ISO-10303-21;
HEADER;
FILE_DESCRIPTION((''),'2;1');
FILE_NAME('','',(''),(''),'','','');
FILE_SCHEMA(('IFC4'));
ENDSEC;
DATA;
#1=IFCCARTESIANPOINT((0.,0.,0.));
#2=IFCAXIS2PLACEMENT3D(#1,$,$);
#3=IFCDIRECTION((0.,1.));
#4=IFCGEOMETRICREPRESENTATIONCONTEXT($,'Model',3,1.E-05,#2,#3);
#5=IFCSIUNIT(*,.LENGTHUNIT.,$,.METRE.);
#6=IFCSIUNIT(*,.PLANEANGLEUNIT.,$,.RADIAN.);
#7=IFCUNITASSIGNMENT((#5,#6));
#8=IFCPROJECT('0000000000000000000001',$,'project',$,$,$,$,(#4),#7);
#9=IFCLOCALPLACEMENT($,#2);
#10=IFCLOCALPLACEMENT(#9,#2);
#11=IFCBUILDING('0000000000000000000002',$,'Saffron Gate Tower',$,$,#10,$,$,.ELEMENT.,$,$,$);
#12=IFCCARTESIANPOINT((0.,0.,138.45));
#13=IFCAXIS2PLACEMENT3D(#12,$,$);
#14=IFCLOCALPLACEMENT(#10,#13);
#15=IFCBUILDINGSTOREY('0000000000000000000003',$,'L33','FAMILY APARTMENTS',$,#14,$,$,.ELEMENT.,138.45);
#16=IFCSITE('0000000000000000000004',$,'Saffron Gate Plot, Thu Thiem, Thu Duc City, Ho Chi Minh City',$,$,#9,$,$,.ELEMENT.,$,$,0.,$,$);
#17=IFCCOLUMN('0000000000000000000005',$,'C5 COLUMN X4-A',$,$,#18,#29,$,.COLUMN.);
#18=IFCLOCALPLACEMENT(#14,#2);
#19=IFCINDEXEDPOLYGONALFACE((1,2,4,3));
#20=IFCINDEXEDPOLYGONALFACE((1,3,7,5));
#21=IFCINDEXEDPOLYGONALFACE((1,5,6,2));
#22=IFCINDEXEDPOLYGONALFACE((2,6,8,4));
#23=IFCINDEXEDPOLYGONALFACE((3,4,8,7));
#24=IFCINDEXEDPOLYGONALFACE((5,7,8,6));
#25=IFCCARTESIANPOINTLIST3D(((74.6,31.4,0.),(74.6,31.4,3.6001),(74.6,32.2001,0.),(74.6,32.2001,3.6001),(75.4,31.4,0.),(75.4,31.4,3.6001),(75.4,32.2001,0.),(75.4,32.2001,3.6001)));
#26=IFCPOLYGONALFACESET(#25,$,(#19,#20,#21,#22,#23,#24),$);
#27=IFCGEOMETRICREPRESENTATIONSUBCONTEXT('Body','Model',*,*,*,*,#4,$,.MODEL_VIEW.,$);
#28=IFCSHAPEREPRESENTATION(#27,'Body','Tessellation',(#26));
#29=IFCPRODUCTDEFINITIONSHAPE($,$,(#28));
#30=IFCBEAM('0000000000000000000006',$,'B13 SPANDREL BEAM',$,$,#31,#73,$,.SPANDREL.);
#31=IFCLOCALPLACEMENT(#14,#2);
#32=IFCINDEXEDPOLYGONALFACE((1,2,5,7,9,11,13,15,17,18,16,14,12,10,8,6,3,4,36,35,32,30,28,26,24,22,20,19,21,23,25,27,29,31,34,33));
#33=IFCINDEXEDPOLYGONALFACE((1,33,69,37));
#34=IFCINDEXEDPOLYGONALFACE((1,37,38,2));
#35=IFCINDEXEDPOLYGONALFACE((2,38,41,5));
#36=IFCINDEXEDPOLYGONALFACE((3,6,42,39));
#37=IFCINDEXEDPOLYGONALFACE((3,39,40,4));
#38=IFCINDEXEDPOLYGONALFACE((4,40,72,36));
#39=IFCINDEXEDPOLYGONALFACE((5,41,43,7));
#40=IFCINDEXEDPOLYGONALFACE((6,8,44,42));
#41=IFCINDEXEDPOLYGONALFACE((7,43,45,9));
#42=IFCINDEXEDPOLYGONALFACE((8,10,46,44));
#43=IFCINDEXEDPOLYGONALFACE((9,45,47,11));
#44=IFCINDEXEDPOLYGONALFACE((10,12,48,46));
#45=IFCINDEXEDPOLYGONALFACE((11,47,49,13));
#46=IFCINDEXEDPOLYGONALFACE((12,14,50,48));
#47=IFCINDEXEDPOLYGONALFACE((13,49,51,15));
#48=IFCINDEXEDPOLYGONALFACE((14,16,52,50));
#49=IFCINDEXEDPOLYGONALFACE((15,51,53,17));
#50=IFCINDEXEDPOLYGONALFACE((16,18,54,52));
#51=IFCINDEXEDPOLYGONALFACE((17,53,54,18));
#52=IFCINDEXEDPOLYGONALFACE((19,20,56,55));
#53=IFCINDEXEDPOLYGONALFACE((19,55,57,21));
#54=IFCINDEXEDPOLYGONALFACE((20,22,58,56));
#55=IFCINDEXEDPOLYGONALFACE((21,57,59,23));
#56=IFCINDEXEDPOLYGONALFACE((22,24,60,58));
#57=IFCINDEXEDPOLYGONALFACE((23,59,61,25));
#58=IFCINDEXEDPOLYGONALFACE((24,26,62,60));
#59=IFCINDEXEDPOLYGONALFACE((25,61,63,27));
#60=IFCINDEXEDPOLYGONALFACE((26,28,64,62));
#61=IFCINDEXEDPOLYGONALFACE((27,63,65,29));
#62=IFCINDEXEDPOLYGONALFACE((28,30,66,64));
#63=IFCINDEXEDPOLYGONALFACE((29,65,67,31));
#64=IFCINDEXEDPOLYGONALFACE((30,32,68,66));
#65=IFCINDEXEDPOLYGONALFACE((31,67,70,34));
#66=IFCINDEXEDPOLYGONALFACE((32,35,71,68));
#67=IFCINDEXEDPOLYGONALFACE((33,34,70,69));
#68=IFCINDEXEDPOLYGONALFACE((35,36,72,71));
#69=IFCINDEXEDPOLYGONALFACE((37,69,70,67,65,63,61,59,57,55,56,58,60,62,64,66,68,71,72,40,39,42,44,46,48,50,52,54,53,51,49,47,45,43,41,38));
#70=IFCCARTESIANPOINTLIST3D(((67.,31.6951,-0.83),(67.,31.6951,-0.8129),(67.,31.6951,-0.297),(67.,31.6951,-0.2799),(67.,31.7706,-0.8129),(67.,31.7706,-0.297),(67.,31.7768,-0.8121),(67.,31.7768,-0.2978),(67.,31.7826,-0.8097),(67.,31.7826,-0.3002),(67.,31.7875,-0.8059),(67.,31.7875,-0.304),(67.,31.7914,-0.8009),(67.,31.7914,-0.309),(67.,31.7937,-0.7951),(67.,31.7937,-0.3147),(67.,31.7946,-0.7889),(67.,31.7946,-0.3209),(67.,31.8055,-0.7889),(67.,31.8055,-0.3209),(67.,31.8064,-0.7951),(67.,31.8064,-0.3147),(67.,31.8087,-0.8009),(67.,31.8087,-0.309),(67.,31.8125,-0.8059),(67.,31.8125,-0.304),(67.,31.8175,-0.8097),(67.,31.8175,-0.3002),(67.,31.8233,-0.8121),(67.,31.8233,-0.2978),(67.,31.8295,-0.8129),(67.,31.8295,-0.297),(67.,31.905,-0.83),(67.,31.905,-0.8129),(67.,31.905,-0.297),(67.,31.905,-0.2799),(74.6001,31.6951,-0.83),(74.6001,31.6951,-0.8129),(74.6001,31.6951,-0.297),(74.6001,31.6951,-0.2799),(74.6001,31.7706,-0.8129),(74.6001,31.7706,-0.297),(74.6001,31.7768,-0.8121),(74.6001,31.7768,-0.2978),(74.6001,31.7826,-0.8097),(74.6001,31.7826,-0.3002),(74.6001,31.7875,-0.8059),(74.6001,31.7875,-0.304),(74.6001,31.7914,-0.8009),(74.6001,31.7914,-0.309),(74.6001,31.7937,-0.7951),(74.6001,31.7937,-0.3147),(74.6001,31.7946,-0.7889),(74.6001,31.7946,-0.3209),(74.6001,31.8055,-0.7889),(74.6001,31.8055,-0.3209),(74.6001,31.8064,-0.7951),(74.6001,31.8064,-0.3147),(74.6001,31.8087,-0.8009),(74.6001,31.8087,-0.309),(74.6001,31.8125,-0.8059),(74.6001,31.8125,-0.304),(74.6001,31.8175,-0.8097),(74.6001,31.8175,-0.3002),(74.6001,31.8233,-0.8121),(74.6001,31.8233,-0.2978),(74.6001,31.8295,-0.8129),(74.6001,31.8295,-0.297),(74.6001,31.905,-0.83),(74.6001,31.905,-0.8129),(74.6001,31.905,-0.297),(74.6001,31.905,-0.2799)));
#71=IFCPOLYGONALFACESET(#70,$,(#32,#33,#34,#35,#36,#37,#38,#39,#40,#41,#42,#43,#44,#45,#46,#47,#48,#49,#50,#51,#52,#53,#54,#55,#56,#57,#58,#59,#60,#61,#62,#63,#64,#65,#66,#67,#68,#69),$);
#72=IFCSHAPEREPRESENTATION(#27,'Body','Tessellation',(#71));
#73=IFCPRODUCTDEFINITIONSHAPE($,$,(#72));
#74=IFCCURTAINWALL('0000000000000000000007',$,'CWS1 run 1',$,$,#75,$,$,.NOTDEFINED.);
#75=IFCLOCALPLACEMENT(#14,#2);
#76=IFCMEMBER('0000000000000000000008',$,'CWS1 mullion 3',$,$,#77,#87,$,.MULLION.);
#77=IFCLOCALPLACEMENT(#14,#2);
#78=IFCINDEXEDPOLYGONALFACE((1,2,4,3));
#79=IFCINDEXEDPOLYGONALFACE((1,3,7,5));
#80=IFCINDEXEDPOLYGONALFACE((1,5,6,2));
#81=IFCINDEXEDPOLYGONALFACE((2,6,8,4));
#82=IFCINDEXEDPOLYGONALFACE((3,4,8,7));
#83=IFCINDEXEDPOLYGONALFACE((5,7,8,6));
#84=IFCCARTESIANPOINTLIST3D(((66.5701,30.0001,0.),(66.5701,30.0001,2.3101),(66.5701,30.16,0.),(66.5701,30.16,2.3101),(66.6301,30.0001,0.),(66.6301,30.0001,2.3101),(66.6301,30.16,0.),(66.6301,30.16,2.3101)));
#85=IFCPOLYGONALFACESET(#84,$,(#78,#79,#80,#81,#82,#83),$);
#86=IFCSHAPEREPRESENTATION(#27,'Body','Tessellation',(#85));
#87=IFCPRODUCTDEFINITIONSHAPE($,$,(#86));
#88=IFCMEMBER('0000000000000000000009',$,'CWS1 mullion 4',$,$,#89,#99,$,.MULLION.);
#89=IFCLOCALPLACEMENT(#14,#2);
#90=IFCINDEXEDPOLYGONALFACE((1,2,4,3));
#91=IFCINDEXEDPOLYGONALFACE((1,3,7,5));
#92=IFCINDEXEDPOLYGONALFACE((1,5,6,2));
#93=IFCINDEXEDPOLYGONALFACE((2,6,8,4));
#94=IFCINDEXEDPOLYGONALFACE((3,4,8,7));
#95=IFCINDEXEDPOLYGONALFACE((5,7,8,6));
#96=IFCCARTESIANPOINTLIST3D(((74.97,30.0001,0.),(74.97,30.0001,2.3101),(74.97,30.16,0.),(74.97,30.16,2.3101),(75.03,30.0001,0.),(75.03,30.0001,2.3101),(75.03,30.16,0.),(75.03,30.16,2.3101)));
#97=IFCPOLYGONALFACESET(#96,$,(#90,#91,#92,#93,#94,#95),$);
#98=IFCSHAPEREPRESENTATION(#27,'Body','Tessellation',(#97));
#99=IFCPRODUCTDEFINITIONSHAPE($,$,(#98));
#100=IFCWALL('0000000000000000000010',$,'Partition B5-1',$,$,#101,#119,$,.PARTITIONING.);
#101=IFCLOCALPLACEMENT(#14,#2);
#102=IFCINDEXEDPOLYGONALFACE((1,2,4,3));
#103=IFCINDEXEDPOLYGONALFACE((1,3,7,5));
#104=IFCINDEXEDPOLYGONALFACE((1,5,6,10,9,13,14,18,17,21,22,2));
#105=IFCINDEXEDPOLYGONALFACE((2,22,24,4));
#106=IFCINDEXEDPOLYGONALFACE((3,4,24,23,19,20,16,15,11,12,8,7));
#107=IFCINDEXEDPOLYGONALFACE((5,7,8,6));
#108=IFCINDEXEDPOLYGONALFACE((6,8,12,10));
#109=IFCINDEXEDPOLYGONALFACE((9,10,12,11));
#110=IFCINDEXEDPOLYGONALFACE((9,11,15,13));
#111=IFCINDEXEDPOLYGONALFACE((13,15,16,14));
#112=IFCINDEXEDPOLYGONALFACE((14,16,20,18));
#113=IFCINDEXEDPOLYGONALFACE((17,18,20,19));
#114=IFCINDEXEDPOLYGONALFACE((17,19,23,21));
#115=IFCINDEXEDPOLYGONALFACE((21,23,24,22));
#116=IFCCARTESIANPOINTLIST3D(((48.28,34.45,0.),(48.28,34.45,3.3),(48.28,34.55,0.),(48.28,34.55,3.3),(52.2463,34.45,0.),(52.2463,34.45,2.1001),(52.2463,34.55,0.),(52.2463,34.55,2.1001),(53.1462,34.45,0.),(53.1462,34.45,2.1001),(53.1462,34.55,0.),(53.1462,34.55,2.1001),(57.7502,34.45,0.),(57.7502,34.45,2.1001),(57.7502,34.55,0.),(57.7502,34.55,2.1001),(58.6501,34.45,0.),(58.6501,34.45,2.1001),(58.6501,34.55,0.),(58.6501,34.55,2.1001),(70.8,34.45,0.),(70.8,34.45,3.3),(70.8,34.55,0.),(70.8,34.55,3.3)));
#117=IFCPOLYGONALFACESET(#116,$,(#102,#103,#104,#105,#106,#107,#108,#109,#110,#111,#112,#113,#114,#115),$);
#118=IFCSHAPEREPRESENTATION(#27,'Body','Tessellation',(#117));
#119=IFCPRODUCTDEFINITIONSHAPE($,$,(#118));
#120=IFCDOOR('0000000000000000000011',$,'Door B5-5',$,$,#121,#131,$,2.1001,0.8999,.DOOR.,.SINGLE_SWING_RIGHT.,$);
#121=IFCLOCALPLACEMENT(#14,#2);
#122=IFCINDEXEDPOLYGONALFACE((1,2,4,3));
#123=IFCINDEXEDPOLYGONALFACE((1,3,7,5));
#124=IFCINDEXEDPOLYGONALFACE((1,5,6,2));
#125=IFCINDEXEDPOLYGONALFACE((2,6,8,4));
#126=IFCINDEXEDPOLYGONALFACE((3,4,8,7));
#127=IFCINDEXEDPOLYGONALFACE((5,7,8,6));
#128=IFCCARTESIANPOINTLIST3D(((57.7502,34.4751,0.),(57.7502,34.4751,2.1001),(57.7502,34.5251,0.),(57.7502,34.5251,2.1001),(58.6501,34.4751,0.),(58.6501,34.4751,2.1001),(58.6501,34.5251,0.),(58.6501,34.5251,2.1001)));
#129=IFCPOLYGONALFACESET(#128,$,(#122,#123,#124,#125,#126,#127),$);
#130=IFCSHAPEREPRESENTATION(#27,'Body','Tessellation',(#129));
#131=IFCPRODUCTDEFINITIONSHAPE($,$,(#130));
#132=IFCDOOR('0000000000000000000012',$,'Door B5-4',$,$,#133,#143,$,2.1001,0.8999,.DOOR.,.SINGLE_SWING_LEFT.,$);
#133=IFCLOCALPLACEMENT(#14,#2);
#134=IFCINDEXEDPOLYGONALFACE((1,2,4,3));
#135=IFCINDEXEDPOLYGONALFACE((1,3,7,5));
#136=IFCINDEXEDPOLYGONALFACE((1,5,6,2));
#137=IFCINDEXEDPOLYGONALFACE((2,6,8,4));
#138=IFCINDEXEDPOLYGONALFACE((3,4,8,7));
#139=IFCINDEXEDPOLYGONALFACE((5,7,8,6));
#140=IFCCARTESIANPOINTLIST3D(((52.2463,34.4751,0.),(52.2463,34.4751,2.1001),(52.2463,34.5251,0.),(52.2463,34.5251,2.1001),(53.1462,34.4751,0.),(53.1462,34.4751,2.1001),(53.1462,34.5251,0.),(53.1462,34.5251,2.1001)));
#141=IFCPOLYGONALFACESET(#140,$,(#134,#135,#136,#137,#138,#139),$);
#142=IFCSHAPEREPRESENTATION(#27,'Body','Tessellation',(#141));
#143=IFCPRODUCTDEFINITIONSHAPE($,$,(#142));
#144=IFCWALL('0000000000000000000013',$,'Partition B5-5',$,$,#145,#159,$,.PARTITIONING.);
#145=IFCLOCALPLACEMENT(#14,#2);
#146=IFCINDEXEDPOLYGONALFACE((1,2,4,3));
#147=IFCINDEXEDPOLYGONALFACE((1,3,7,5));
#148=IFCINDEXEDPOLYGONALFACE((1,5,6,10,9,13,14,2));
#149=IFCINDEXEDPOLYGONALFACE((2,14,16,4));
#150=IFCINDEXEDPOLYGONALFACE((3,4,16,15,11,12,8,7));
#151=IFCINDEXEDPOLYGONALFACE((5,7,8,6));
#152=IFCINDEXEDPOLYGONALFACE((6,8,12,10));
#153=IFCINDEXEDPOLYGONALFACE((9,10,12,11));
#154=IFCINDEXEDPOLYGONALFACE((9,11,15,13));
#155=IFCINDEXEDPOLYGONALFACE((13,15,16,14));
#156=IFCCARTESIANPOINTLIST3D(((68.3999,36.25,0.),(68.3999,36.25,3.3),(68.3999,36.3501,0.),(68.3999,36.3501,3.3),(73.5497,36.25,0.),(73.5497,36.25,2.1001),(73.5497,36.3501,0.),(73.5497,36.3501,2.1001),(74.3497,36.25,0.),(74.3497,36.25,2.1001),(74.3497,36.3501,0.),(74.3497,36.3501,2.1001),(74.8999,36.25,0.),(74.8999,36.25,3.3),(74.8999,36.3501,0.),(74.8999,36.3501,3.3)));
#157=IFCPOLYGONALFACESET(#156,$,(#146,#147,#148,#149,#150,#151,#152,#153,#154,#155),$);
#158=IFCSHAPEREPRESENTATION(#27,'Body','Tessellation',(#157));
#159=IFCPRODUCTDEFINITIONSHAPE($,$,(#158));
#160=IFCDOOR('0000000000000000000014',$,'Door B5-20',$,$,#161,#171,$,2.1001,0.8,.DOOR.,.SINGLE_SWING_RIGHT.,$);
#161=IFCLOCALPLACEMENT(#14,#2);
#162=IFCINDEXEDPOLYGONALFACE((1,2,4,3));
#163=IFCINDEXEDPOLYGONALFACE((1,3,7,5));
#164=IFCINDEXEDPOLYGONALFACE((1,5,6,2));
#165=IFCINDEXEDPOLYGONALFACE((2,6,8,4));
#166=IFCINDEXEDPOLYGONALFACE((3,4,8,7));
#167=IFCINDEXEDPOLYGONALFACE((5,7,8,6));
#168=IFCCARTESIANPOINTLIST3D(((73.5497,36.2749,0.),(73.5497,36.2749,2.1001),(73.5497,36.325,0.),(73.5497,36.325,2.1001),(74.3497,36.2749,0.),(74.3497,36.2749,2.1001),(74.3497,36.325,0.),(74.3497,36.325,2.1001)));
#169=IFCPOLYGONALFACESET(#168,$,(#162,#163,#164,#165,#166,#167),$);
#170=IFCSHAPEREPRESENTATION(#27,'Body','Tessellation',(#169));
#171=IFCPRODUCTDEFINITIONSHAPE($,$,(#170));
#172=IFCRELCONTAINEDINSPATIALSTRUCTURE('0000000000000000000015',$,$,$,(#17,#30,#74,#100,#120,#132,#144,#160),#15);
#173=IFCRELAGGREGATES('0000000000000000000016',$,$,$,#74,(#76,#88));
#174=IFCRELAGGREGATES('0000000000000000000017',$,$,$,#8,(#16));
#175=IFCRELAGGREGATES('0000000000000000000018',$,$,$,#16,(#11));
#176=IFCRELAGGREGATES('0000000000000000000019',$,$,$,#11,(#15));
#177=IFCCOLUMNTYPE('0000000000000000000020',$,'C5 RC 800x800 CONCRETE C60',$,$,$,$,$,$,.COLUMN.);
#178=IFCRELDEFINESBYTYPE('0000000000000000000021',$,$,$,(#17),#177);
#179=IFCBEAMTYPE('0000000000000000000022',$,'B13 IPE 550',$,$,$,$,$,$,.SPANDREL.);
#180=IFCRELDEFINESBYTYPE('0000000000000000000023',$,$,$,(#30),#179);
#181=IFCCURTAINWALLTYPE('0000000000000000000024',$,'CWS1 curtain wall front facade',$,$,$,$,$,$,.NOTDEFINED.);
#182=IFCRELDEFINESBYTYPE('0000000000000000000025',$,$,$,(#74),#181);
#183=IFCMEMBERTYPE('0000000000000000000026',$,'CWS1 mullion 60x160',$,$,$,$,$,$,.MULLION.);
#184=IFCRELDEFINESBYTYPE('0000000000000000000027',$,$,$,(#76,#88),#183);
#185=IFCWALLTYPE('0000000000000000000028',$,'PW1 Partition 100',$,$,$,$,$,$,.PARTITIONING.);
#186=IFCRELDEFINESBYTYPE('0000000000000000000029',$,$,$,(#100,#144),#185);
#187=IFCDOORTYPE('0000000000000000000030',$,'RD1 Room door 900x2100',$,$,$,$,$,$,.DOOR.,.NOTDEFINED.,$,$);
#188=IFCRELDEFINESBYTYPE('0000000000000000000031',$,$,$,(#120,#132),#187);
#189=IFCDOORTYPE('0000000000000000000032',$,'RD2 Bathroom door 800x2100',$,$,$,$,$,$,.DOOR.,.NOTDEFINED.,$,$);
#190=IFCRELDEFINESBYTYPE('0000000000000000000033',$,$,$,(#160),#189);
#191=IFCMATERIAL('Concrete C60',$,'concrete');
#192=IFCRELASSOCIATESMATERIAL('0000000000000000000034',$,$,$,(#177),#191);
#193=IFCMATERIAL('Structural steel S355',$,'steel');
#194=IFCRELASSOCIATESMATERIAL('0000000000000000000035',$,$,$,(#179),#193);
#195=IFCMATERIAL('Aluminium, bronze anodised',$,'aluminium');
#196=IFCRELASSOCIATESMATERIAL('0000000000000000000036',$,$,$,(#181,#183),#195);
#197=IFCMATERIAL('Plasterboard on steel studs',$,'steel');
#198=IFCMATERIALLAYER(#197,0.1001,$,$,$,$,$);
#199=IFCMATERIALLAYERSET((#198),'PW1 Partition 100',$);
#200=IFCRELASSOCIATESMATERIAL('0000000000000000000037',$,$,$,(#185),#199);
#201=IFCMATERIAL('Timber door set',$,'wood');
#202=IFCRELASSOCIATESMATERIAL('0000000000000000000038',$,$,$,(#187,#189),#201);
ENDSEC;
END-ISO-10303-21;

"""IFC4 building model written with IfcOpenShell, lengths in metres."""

from ifc_helpers import new_model, si_unit, direction, frame, frame_2d, origin, origin_2d, place, context, subcontext, project, spatial, rectangle, i_section, extrude, material, layer, layer_set, material_profile, profile_set, type_object, element, fill, aggregate, save


model = new_model("IFC4")

# Units and contexts
model_context = context("Model", 3, precision=1e-05, world=origin(), true_north=direction((0.0, 1.0)))
body_context = subcontext(model_context, "Body", "Model", "MODEL_VIEW")
ifc_project = project(units=[si_unit("LENGTHUNIT", "METRE"), si_unit("PLANEANGLEUNIT", "RADIAN")], contexts=[model_context])

# Site, building, storey
site_placement = place(None, origin())
site = spatial("IfcSite", under=ifc_project, at=site_placement, Name="Saffron Gate Plot, Thu Thiem, Thu Duc City, Ho Chi Minh City", CompositionType="ELEMENT", RefElevation=0.0)
building_placement = place(site_placement, origin())
building = spatial("IfcBuilding", under=site, at=building_placement, Name="Saffron Gate Tower", CompositionType="ELEMENT")
storey_placement = place(building_placement, frame((0.0, 0.0, 138.45)))
storey = spatial("IfcBuildingStorey", under=building, at=storey_placement, Name="L33", Description="FAMILY APARTMENTS", CompositionType="ELEMENT", Elevation=138.45)

# Column
ifc_material_1 = material(Name="Concrete C60", Category="concrete")
ifc_material_profile_1 = material_profile(ifc_material_1, rectangle(XDim=0.8, YDim=0.8, at=origin_2d()))
ifc_profile_set_1 = profile_set([ifc_material_profile_1], Name="Concrete C60")
column_type = type_object("IfcColumnType", Name="C5 RC 800x800 CONCRETE C60", PredefinedType="COLUMN", material=ifc_profile_set_1)
column_placement = place(storey_placement, frame((75.0, 31.8, 0.0), z_axis=(0.0, 0.0, 1.0), x_axis=(1.0, 0.0, 0.0)))
element("IfcColumn", 1, at=column_placement, inside=storey, type_object=column_type, Name="C5 COLUMN X4-A", PredefinedType="COLUMN", context=body_context, shape_type="SweptSolid", body=[
    extrude(rectangle(XDim=0.8, YDim=0.8, at=origin_2d()), origin(), (0.0, 0.0, 1.0), 3.6001),
])

# Beam
ifc_material_2 = material(Name="Structural steel S355", Category="steel")
ifc_material_profile_2 = material_profile(ifc_material_2, i_section(OverallWidth=0.21, OverallDepth=0.55, WebThickness=0.011, FlangeThickness=0.0171, FilletRadius=0.0239, at=origin_2d()))
ifc_profile_set_2 = profile_set([ifc_material_profile_2], Name="Structural steel S355")
beam_type = type_object("IfcBeamType", Name="B13 IPE 550", PredefinedType="SPANDREL", material=ifc_profile_set_2)
beam_placement = place(storey_placement, frame((67.0, 31.8, -0.5549), z_axis=(1.0, 0.0, 0.0), x_axis=(0.0, 1.0, 0.0)))
element("IfcBeam", 2, at=beam_placement, inside=storey, type_object=beam_type, Name="B13 SPANDREL BEAM", PredefinedType="SPANDREL", context=body_context, shape_type="SweptSolid", body=[
    extrude(i_section(OverallWidth=0.21, OverallDepth=0.55, WebThickness=0.011, FlangeThickness=0.0171, FilletRadius=0.0239, at=origin_2d()), origin(), (0.0, 0.0, 1.0), 7.6001),
])

# Curtain wall, members
ifc_material_3 = material(Name="Aluminium, bronze anodised", Category="aluminium")
curtain_wall_type = type_object("IfcCurtainWallType", Name="CWS1 curtain wall front facade", PredefinedType="NOTDEFINED", material=ifc_material_3)
curtain_wall_placement = place(storey_placement, origin())
curtain_wall = element("IfcCurtainWall", 3, at=curtain_wall_placement, inside=storey, type_object=curtain_wall_type, Name="CWS1 run 1", PredefinedType="NOTDEFINED")
ifc_material_profile_3 = material_profile(ifc_material_3, rectangle(XDim=0.1599, YDim=0.0601, at=origin_2d()))
ifc_profile_set_3 = profile_set([ifc_material_profile_3], Name="Aluminium, bronze anodised")
member_type = type_object("IfcMemberType", Name="CWS1 mullion 60x160", PredefinedType="MULLION", material=ifc_profile_set_3)
member_1_placement = place(storey_placement, frame((66.6001, 30.0801, 0.0), z_axis=(0.0, 0.0, 1.0), x_axis=(0.0, 1.0, 0.0)))
member_1 = element("IfcMember", 4, at=member_1_placement, type_object=member_type, Name="CWS1 mullion 3", PredefinedType="MULLION", context=body_context, shape_type="SweptSolid", body=[
    extrude(rectangle(XDim=0.1599, YDim=0.0601, at=origin_2d()), origin(), (0.0, 0.0, 1.0), 2.3101),
])
member_2_placement = place(storey_placement, frame((75.0, 30.0801, 0.0), z_axis=(0.0, 0.0, 1.0), x_axis=(0.0, 1.0, 0.0)))
member_2 = element("IfcMember", 5, at=member_2_placement, type_object=member_type, Name="CWS1 mullion 4", PredefinedType="MULLION", context=body_context, shape_type="SweptSolid", body=[
    extrude(rectangle(XDim=0.1599, YDim=0.0601, at=origin_2d()), origin(), (0.0, 0.0, 1.0), 2.3101),
])
aggregate(curtain_wall, [member_1, member_2])

# Wall, openings, doors
ifc_material_4 = material(Name="Plasterboard on steel studs", Category="steel")
ifc_layer_1 = layer(ifc_material_4, 0.1001)
ifc_layer_set_1 = layer_set([ifc_layer_1], Name="PW1 Partition 100")
wall_type_1 = type_object("IfcWallType", Name="PW1 Partition 100", PredefinedType="PARTITIONING", material=ifc_layer_set_1)
wall_1_placement = place(storey_placement, frame((70.8, 34.5, 0.0), z_axis=(0.0, 0.0, 1.0), x_axis=(-1.0, 0.0, 0.0)))
wall_1 = element("IfcWall", 6, at=wall_1_placement, inside=storey, type_object=wall_type_1, Name="Partition B5-1", PredefinedType="PARTITIONING", context=body_context, shape_type="SweptSolid", body=[
    extrude(rectangle(XDim=22.52, YDim=0.1001, at=frame_2d((11.26, 0.0))), origin(), (0.0, 0.0, 1.0), 3.3),
])
opening_1_placement = place(wall_1_placement, frame((12.1499, 0.0, 0.0)))
opening_1 = element("IfcOpeningElement", 7, at=opening_1_placement, cuts=wall_1, PredefinedType="OPENING", context=body_context, shape_type="SweptSolid", body=[
    extrude(rectangle(XDim=0.8999, YDim=2.1001, at=frame_2d((0.45, 1.05))), frame((0.0, 0.0601, 0.0), z_axis=(0.0, -1.0, 0.0), x_axis=(1.0, 0.0, 0.0)), (0.0, 0.0, 1.0), 0.1201),
])
opening_2_placement = place(wall_1_placement, frame((17.6538, 0.0, 0.0)))
opening_2 = element("IfcOpeningElement", 8, at=opening_2_placement, cuts=wall_1, PredefinedType="OPENING", context=body_context, shape_type="SweptSolid", body=[
    extrude(rectangle(XDim=0.8999, YDim=2.1001, at=frame_2d((0.45, 1.05))), frame((0.0, 0.0601, 0.0), z_axis=(0.0, -1.0, 0.0), x_axis=(1.0, 0.0, 0.0)), (0.0, 0.0, 1.0), 0.1201),
])
ifc_material_5 = material(Name="Timber door set", Category="wood")
door_type_1 = type_object("IfcDoorType", Name="RD1 Room door 900x2100", OperationType="NOTDEFINED", PredefinedType="DOOR", material=ifc_material_5)
door_1_placement = place(opening_1_placement, origin())
door_1 = element("IfcDoor", 9, at=door_1_placement, inside=storey, type_object=door_type_1, Name="Door B5-5", OperationType="SINGLE_SWING_RIGHT", OverallHeight=2.1001, OverallWidth=0.8999, PredefinedType="DOOR", context=body_context, shape_type="SweptSolid", body=[
    extrude(rectangle(XDim=0.8999, YDim=2.1001, at=frame_2d((0.45, 1.05))), frame((0.0, 0.0249, 0.0), z_axis=(0.0, -1.0, 0.0), x_axis=(1.0, 0.0, 0.0)), (0.0, 0.0, 1.0), 0.05),
])
fill(opening_1, door_1)
door_2_placement = place(opening_2_placement, origin())
door_2 = element("IfcDoor", 10, at=door_2_placement, inside=storey, type_object=door_type_1, Name="Door B5-4", OperationType="SINGLE_SWING_LEFT", OverallHeight=2.1001, OverallWidth=0.8999, PredefinedType="DOOR", context=body_context, shape_type="SweptSolid", body=[
    extrude(rectangle(XDim=0.8999, YDim=2.1001, at=frame_2d((0.45, 1.05))), frame((0.0, 0.0249, 0.0), z_axis=(0.0, -1.0, 0.0), x_axis=(1.0, 0.0, 0.0)), (0.0, 0.0, 1.0), 0.05),
])
fill(opening_2, door_2)

# Wall, opening, door
wall_2_placement = place(storey_placement, frame((68.3999, 36.3, 0.0), z_axis=(0.0, 0.0, 1.0), x_axis=(1.0, 0.0, 0.0)))
wall_2 = element("IfcWall", 11, at=wall_2_placement, inside=storey, type_object=wall_type_1, Name="Partition B5-5", PredefinedType="PARTITIONING", context=body_context, shape_type="SweptSolid", body=[
    extrude(rectangle(XDim=6.5, YDim=0.1001, at=frame_2d((3.25, 0.0))), origin(), (0.0, 0.0, 1.0), 3.3),
])
opening_3_placement = place(wall_2_placement, frame((5.1499, 0.0, 0.0)))
opening_3 = element("IfcOpeningElement", 12, at=opening_3_placement, cuts=wall_2, PredefinedType="OPENING", context=body_context, shape_type="SweptSolid", body=[
    extrude(rectangle(XDim=0.8, YDim=2.1001, at=frame_2d((0.3999, 1.05))), frame((0.0, 0.0601, 0.0), z_axis=(0.0, -1.0, 0.0), x_axis=(1.0, 0.0, 0.0)), (0.0, 0.0, 1.0), 0.1201),
])
door_type_2 = type_object("IfcDoorType", Name="RD2 Bathroom door 800x2100", OperationType="NOTDEFINED", PredefinedType="DOOR", material=ifc_material_5)
door_3_placement = place(opening_3_placement, origin())
door_3 = element("IfcDoor", 13, at=door_3_placement, inside=storey, type_object=door_type_2, Name="Door B5-20", OperationType="SINGLE_SWING_RIGHT", OverallHeight=2.1001, OverallWidth=0.8, PredefinedType="DOOR", context=body_context, shape_type="SweptSolid", body=[
    extrude(rectangle(XDim=0.8, YDim=2.1001, at=frame_2d((0.3999, 1.05))), frame((0.0, 0.0249, 0.0), z_axis=(0.0, -1.0, 0.0), x_axis=(1.0, 0.0, 0.0)), (0.0, 0.0, 1.0), 0.05),
])
fill(opening_3, door_3)

save(model, "model.ifc")
